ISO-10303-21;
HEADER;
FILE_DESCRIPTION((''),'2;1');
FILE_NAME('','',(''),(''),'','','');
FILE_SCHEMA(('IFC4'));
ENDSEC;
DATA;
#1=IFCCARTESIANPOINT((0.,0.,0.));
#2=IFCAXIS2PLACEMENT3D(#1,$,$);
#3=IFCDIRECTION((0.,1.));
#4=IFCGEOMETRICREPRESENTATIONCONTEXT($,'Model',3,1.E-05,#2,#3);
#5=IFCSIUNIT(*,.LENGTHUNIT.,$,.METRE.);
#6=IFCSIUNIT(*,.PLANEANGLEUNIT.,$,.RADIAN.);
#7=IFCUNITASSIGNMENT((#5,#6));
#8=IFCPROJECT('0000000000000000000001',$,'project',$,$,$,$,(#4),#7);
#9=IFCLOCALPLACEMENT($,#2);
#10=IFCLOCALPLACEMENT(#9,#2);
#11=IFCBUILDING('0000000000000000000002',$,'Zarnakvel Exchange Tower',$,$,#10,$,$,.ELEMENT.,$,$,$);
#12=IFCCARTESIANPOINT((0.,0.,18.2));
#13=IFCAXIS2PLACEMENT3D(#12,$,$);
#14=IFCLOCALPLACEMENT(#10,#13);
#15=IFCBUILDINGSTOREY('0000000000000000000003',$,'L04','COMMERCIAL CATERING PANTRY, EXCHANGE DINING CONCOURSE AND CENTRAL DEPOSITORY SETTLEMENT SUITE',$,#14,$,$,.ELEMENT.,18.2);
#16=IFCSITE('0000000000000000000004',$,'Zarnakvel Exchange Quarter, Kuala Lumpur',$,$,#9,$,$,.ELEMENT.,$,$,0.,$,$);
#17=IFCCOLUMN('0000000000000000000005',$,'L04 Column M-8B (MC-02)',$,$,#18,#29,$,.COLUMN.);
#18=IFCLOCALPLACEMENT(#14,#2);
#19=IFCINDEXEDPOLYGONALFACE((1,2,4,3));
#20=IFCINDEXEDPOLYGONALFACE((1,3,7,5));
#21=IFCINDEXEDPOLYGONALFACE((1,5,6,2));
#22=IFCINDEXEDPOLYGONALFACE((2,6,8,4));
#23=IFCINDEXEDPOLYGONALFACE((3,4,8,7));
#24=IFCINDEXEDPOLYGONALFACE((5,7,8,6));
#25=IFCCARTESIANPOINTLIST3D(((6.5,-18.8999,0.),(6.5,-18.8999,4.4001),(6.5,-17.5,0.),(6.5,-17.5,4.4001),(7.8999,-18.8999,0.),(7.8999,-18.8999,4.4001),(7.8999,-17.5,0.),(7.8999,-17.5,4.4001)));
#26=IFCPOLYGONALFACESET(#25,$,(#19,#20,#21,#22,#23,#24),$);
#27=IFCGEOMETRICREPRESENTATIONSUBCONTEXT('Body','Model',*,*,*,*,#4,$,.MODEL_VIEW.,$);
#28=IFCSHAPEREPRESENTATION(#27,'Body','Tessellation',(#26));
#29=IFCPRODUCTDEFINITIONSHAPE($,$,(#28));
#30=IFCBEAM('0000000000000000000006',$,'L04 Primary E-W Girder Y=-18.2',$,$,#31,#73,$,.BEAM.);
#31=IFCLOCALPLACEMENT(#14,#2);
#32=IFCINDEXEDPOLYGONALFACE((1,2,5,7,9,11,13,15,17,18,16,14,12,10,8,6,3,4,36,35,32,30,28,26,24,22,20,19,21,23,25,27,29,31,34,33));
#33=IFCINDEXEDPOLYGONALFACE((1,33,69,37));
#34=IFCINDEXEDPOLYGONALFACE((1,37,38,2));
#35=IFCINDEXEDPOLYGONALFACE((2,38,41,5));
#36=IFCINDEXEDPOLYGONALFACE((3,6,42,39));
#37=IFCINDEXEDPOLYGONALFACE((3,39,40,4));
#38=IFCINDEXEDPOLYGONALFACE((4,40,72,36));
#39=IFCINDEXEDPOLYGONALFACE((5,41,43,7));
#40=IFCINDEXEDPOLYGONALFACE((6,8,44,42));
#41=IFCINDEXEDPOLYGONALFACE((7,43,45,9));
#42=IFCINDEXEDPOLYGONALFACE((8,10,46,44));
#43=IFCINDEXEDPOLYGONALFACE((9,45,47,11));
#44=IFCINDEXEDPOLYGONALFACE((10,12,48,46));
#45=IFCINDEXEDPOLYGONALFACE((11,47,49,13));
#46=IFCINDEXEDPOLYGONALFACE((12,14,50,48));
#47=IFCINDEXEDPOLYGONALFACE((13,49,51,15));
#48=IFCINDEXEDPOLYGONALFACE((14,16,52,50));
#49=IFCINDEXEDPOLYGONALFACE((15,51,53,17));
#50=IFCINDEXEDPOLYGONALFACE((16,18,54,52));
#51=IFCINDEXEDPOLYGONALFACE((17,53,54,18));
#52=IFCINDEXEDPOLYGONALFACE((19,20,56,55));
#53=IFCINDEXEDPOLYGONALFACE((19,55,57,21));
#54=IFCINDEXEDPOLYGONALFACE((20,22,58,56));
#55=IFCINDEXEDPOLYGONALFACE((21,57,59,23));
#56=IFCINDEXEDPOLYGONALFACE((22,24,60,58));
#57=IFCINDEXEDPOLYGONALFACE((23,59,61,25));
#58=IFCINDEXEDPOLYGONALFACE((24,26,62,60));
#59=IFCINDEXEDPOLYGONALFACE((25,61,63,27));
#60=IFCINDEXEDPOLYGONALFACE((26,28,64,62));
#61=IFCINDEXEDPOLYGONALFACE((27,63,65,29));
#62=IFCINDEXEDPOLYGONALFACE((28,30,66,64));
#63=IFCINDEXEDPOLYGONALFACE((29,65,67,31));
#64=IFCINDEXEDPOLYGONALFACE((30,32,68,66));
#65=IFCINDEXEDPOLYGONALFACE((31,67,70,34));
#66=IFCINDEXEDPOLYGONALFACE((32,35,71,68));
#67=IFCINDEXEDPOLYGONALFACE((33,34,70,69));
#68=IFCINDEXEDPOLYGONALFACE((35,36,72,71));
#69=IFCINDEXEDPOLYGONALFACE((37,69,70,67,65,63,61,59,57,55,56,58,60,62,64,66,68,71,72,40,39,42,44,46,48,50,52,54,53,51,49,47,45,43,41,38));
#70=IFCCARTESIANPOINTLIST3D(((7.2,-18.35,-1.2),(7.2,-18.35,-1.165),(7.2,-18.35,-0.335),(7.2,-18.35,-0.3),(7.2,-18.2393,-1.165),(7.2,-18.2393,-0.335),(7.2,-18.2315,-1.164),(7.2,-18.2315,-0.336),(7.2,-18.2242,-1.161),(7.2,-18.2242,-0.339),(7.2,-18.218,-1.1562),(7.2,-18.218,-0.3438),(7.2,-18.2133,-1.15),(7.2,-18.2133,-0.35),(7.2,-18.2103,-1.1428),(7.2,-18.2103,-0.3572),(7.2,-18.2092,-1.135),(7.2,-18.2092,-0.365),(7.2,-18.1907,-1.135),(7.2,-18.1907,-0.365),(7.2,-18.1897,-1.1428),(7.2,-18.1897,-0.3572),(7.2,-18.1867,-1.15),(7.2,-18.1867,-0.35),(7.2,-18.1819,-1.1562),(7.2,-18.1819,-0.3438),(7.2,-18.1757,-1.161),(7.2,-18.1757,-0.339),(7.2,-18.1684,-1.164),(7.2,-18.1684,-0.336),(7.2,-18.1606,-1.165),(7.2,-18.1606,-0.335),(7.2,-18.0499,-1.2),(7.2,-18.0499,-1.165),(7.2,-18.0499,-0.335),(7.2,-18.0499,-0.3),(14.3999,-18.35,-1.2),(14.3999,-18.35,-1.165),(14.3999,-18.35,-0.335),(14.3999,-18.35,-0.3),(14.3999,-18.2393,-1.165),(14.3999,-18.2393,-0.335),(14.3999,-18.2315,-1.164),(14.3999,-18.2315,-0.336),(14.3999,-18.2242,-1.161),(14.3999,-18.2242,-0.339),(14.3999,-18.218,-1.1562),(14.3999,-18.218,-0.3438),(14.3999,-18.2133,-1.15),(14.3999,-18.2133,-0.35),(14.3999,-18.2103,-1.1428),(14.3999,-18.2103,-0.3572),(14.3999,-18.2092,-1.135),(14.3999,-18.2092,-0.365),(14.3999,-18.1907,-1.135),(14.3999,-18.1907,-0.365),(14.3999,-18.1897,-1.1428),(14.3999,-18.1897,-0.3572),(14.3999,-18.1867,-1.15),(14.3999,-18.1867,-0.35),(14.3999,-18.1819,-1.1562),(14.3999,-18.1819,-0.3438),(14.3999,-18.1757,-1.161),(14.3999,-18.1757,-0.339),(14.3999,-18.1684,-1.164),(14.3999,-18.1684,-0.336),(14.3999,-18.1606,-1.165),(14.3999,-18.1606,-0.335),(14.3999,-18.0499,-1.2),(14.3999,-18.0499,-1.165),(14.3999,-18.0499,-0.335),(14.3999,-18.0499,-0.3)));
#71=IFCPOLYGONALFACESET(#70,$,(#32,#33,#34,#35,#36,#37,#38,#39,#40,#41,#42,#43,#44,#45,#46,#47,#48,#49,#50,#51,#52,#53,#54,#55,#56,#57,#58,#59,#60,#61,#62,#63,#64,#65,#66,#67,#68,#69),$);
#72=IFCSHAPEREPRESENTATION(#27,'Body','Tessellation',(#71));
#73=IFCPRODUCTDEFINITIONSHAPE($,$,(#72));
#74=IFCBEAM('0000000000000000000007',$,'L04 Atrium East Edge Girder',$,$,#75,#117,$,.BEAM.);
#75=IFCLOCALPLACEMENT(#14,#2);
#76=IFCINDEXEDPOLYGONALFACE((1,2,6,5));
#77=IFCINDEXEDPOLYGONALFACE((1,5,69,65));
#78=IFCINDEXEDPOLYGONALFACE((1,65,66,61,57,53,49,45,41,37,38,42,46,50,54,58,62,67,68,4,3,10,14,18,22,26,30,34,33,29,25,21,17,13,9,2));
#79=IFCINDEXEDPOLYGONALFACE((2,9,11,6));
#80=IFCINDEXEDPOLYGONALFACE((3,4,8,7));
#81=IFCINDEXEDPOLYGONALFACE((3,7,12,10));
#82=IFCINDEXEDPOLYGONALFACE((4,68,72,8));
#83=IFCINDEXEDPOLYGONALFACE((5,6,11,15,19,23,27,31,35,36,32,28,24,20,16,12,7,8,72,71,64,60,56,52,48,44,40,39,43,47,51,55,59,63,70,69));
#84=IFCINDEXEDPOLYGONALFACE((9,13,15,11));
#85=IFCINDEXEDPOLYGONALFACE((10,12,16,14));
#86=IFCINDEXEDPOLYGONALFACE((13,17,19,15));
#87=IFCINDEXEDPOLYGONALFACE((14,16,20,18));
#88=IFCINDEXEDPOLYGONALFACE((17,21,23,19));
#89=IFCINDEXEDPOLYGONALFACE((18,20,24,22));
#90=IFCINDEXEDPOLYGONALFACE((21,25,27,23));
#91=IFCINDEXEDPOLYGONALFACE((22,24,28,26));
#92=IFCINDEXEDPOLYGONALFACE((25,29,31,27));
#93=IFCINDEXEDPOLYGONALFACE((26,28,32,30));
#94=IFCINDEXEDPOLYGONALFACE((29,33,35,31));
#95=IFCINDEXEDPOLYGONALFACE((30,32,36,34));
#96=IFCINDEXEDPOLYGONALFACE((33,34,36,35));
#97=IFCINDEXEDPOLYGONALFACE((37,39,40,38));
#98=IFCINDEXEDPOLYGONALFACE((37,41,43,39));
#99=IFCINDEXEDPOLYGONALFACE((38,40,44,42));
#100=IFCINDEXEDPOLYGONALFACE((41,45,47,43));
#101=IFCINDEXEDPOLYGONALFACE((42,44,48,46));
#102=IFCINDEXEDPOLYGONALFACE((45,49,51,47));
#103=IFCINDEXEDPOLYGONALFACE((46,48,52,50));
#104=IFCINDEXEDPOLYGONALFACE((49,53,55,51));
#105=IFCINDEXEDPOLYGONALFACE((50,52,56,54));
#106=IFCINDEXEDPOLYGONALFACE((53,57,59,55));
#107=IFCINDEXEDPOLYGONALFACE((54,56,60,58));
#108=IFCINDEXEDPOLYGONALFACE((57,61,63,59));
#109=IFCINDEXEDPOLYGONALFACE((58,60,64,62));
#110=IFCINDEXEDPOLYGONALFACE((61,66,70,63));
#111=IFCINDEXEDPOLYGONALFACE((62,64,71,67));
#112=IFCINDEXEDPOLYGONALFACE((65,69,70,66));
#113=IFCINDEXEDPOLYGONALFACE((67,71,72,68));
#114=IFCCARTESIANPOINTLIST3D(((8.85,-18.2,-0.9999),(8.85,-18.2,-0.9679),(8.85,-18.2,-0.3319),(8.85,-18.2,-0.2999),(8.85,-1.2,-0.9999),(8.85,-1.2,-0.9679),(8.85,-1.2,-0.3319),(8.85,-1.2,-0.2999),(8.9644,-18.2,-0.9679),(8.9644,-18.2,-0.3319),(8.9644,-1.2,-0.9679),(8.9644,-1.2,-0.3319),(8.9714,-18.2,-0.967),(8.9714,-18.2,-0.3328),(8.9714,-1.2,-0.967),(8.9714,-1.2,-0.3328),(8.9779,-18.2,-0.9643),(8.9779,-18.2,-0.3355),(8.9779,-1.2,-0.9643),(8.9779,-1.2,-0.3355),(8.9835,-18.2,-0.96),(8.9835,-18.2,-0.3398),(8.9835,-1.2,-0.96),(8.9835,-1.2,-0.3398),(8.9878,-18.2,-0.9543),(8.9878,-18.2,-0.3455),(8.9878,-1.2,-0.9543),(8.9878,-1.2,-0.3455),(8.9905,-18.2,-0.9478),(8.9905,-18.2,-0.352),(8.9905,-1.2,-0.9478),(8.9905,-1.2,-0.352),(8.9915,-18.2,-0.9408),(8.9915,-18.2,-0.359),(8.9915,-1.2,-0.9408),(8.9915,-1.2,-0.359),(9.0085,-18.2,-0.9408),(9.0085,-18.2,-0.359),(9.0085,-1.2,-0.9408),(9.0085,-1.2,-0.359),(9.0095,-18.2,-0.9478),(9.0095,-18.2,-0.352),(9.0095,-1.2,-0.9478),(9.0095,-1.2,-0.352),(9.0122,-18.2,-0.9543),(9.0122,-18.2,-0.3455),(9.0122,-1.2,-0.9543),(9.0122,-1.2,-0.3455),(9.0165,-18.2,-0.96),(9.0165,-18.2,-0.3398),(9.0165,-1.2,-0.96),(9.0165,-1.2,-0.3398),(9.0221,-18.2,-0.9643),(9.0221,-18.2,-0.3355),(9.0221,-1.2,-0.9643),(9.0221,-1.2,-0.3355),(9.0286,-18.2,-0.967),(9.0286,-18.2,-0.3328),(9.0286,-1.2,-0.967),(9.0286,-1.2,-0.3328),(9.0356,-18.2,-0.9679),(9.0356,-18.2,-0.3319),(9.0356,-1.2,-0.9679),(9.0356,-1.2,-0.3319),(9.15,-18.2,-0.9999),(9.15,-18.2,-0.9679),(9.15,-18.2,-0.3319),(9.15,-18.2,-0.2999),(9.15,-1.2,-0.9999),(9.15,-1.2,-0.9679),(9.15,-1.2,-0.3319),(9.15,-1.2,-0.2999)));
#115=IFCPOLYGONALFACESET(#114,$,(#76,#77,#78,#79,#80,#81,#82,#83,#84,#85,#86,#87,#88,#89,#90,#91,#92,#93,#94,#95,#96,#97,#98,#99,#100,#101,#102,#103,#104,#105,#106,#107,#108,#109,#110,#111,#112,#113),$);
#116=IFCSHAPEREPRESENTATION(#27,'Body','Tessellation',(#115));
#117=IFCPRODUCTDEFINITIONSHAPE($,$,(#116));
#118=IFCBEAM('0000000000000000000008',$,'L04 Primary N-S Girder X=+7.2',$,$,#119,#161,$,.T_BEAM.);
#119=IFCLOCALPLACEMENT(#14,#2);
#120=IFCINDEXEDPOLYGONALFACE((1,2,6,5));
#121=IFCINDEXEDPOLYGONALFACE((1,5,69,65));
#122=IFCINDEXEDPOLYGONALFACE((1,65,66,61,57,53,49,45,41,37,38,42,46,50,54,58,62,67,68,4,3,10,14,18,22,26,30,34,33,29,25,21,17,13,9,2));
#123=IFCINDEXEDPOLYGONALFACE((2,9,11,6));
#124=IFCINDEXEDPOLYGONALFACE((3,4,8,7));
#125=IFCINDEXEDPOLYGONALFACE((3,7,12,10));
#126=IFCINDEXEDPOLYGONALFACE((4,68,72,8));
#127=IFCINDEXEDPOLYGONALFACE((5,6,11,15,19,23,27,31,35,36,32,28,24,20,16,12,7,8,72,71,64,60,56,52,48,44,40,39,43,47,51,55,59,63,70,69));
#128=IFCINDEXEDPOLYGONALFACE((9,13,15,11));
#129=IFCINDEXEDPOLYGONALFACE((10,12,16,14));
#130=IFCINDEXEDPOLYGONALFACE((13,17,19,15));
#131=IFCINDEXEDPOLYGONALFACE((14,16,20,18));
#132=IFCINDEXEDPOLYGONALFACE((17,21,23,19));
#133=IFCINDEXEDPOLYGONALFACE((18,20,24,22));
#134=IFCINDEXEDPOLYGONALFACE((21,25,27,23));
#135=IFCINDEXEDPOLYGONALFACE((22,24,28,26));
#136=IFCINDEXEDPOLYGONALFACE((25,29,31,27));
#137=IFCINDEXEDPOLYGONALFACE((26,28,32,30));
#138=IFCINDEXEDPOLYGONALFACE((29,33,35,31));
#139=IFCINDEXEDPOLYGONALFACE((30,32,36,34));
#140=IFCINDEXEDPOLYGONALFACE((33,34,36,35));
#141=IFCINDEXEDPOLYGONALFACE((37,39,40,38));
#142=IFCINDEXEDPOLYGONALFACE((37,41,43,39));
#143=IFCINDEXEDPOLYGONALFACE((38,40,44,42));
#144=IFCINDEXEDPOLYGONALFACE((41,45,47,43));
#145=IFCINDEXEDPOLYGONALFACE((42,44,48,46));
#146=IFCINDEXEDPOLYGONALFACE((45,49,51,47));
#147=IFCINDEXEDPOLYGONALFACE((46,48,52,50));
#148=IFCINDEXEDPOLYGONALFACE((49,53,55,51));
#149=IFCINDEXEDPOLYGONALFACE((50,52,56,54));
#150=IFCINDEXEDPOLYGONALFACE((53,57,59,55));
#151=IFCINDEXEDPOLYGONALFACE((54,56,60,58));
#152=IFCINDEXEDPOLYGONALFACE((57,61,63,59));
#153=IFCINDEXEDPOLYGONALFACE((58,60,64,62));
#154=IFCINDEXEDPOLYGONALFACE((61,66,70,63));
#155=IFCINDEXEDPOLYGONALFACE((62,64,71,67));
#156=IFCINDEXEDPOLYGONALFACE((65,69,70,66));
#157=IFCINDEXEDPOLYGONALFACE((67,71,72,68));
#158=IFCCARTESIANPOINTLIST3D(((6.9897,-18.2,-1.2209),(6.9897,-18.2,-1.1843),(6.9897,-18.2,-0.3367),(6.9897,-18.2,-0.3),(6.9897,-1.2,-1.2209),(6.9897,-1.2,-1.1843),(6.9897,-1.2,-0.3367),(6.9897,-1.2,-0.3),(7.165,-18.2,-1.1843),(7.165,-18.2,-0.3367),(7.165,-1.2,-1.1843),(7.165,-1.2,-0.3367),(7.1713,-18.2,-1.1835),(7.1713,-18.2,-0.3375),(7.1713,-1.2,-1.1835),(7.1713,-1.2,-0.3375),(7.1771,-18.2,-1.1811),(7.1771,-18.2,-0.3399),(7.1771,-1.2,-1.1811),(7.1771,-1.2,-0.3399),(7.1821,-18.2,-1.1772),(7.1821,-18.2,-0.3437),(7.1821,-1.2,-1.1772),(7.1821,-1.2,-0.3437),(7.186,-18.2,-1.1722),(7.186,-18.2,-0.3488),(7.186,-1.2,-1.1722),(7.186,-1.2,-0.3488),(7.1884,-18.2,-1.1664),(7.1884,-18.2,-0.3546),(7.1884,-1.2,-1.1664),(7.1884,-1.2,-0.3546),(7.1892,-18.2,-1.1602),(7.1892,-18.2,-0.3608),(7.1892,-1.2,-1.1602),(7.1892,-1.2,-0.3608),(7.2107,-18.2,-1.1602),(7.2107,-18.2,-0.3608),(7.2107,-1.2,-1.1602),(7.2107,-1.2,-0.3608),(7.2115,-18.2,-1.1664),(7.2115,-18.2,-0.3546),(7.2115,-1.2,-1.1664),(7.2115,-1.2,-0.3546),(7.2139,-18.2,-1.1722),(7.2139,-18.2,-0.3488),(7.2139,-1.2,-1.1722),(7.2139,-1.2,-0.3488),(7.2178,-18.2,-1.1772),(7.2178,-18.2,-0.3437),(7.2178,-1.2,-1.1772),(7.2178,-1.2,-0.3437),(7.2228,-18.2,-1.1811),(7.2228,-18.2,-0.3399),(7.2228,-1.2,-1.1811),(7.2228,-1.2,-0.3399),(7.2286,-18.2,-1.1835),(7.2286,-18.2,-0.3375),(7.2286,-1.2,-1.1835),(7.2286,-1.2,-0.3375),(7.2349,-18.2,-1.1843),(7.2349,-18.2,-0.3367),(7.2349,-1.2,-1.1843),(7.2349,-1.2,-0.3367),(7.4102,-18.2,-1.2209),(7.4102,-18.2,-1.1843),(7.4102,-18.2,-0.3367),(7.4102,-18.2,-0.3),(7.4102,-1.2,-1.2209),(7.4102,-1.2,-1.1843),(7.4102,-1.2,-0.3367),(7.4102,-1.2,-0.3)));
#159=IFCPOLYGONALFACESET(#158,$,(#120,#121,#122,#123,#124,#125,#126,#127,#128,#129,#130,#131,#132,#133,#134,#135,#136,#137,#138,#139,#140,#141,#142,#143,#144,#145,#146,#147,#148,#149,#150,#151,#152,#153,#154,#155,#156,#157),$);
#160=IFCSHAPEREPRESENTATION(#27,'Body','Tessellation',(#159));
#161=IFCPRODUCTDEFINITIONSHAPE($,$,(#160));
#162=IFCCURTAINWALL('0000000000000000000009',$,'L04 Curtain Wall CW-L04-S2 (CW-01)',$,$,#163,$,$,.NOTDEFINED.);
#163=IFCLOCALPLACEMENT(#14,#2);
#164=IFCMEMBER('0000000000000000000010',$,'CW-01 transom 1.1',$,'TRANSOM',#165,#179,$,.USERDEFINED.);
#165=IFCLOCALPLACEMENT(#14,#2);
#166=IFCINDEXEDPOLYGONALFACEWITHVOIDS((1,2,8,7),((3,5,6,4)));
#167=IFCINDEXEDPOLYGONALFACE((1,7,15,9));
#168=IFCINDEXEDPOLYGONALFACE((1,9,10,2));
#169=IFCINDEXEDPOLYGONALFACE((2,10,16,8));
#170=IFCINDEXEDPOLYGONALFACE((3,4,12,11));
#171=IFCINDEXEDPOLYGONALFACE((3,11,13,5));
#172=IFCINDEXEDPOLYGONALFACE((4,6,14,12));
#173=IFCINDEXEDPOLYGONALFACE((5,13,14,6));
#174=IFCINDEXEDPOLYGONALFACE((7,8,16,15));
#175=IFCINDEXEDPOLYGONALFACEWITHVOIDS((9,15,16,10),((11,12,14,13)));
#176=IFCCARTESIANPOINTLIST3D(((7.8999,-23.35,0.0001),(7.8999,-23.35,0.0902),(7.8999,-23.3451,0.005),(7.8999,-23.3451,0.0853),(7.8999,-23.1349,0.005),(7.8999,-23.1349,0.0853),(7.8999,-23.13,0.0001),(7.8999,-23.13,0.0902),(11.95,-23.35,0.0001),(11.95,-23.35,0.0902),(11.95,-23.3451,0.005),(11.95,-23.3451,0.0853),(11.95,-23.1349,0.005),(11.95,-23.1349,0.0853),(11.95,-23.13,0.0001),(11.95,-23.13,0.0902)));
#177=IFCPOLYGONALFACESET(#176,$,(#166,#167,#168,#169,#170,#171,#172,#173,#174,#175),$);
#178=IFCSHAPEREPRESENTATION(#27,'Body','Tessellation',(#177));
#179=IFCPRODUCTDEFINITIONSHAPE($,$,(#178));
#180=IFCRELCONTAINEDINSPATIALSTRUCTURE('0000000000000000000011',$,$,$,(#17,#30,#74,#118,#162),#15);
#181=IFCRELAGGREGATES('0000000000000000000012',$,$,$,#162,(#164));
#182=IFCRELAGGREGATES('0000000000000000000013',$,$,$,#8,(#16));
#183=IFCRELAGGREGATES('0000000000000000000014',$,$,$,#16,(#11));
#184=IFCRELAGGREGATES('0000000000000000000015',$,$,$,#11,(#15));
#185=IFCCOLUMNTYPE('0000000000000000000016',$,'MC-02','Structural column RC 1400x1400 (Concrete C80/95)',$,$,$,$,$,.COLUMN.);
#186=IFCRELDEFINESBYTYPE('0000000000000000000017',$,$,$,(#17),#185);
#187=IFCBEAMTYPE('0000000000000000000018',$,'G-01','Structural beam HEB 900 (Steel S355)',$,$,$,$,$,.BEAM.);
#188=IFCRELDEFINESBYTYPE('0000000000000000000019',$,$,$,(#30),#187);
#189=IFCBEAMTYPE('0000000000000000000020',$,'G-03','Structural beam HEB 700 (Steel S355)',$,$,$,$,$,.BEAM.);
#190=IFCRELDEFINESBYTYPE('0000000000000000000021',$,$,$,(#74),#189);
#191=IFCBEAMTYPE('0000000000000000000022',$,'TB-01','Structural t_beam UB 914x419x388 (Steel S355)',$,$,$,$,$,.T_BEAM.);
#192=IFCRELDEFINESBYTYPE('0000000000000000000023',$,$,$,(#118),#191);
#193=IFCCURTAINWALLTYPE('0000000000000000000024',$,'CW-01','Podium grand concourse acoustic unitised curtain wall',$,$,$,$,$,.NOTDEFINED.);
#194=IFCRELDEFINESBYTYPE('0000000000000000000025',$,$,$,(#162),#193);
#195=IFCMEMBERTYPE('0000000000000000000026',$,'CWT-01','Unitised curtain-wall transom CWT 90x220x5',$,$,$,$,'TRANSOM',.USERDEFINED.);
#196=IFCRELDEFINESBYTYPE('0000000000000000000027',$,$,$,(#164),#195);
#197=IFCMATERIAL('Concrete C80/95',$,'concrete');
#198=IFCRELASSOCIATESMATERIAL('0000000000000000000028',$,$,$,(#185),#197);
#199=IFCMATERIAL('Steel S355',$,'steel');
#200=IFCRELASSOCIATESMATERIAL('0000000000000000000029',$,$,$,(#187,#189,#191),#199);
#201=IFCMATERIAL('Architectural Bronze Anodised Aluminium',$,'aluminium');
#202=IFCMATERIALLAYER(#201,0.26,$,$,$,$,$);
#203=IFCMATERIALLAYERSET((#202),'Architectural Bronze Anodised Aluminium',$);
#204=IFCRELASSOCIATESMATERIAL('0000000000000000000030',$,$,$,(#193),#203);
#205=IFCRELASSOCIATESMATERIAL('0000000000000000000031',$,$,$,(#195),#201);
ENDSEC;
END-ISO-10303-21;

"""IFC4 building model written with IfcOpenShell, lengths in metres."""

from ifc_helpers import new_model, si_unit, direction, frame, origin, origin_2d, place, context, subcontext, project, spatial, rectangle, hollow_rectangle, i_section, extrude, source, transform, mapped, material, layer, layer_set, material_profile, profile_set, type_object, element, aggregate, save


model = new_model("IFC4")

# Units and contexts
model_context = context("Model", 3, precision=1e-05, world=origin(), true_north=direction((0.0, 1.0)))
body_context = subcontext(model_context, "Body", "Model", "MODEL_VIEW")
ifc_project = project(units=[si_unit("LENGTHUNIT", "METRE"), si_unit("PLANEANGLEUNIT", "RADIAN")], contexts=[model_context])

# Site, building, storey
site_placement = place(None, origin())
site = spatial("IfcSite", under=ifc_project, at=site_placement, Name="Zarnakvel Exchange Quarter, Kuala Lumpur", CompositionType="ELEMENT", RefElevation=0.0)
building_placement = place(site_placement, origin())
building = spatial("IfcBuilding", under=site, at=building_placement, Name="Zarnakvel Exchange Tower", CompositionType="ELEMENT")
storey_placement = place(building_placement, frame((0.0, 0.0, 18.2)))
storey = spatial("IfcBuildingStorey", under=building, at=storey_placement, Name="L04", Description="COMMERCIAL CATERING PANTRY, EXCHANGE DINING CONCOURSE AND CENTRAL DEPOSITORY SETTLEMENT SUITE", CompositionType="ELEMENT", Elevation=18.2)

# Column
ifc_material_1 = material(Name="Concrete C80/95", Category="concrete")
ifc_material_profile_1 = material_profile(ifc_material_1, rectangle(XDim=1.3999, YDim=1.3999, at=origin_2d()))
ifc_profile_set_1 = profile_set([ifc_material_profile_1], Name="Concrete C80/95")
column_type = type_object("IfcColumnType", Name="MC-02", Description="Structural column RC 1400x1400 (Concrete C80/95)", PredefinedType="COLUMN", material=ifc_profile_set_1)
column_placement = place(storey_placement, frame((7.2, -18.2, 0.0), z_axis=(0.0, 0.0, 1.0), x_axis=(1.0, 0.0, 0.0)))
element("IfcColumn", 1, at=column_placement, inside=storey, type_object=column_type, Name="L04 Column M-8B (MC-02)", PredefinedType="COLUMN", context=body_context, shape_type="SweptSolid", body=[
    extrude(rectangle(XDim=1.3999, YDim=1.3999, at=origin_2d()), origin(), (0.0, 0.0, 1.0), 4.4001),
])

# Beams
ifc_material_2 = material(Name="Steel S355", Category="steel")
ifc_material_profile_2 = material_profile(ifc_material_2, i_section(OverallWidth=0.3, OverallDepth=0.8999, WebThickness=0.0186, FlangeThickness=0.0349, FilletRadius=0.03, at=origin_2d()))
ifc_profile_set_2 = profile_set([ifc_material_profile_2], Name="Steel S355")
beam_type_1 = type_object("IfcBeamType", Name="G-01", Description="Structural beam HEB 900 (Steel S355)", PredefinedType="BEAM", material=ifc_profile_set_2)
beam_1_placement = place(storey_placement, frame((7.2, -18.2, -0.75), z_axis=(1.0, 0.0, 0.0), x_axis=(0.0, 1.0, 0.0)))
element("IfcBeam", 2, at=beam_1_placement, inside=storey, type_object=beam_type_1, Name="L04 Primary E-W Girder Y=-18.2", PredefinedType="BEAM", context=body_context, shape_type="SweptSolid", body=[
    extrude(i_section(OverallWidth=0.3, OverallDepth=0.8999, WebThickness=0.0186, FlangeThickness=0.0349, FilletRadius=0.03, at=origin_2d()), origin(), (0.0, 0.0, 1.0), 7.2),
])
ifc_material_profile_3 = material_profile(ifc_material_2, i_section(OverallWidth=0.3, OverallDepth=0.7, WebThickness=0.0171, FlangeThickness=0.032, FilletRadius=0.0271, at=origin_2d()))
ifc_profile_set_3 = profile_set([ifc_material_profile_3], Name="Steel S355")
beam_type_2 = type_object("IfcBeamType", Name="G-03", Description="Structural beam HEB 700 (Steel S355)", PredefinedType="BEAM", material=ifc_profile_set_3)
beam_2_placement = place(storey_placement, frame((9.0, -18.2, -0.6499), z_axis=(0.0, 1.0, 0.0), x_axis=(-1.0, 0.0, 0.0)))
element("IfcBeam", 3, at=beam_2_placement, inside=storey, type_object=beam_type_2, Name="L04 Atrium East Edge Girder", PredefinedType="BEAM", context=body_context, shape_type="SweptSolid", body=[
    extrude(i_section(OverallWidth=0.3, OverallDepth=0.7, WebThickness=0.0171, FlangeThickness=0.032, FilletRadius=0.0271, at=origin_2d()), origin(), (0.0, 0.0, 1.0), 17.0),
])
ifc_material_profile_4 = material_profile(ifc_material_2, i_section(OverallWidth=0.4204, OverallDepth=0.9209, WebThickness=0.0215, FlangeThickness=0.0366, FilletRadius=0.0242, at=origin_2d()))
ifc_profile_set_4 = profile_set([ifc_material_profile_4], Name="Steel S355")
beam_type_3 = type_object("IfcBeamType", Name="TB-01", Description="Structural t_beam UB 914x419x388 (Steel S355)", PredefinedType="T_BEAM", material=ifc_profile_set_4)
beam_3_placement = place(storey_placement, frame((7.2, -18.2, -0.7605), z_axis=(0.0, 1.0, 0.0), x_axis=(-1.0, 0.0, 0.0)))
element("IfcBeam", 4, at=beam_3_placement, inside=storey, type_object=beam_type_3, Name="L04 Primary N-S Girder X=+7.2", PredefinedType="T_BEAM", context=body_context, shape_type="SweptSolid", body=[
    extrude(i_section(OverallWidth=0.4204, OverallDepth=0.9209, WebThickness=0.0215, FlangeThickness=0.0366, FilletRadius=0.0242, at=origin_2d()), origin(), (0.0, 0.0, 1.0), 17.0),
])

# Curtain wall, member
ifc_material_3 = material(Name="Architectural Bronze Anodised Aluminium", Category="aluminium")
ifc_layer_1 = layer(ifc_material_3, 0.26)
ifc_layer_set_1 = layer_set([ifc_layer_1], Name="Architectural Bronze Anodised Aluminium")
curtain_wall_type = type_object("IfcCurtainWallType", Name="CW-01", Description="Podium grand concourse acoustic unitised curtain wall", PredefinedType="NOTDEFINED", material=ifc_layer_set_1)
curtain_wall_placement = place(storey_placement, origin())
curtain_wall = element("IfcCurtainWall", 5, at=curtain_wall_placement, inside=storey, type_object=curtain_wall_type, Name="L04 Curtain Wall CW-L04-S2 (CW-01)", PredefinedType="NOTDEFINED")
ifc_material_profile_5 = material_profile(ifc_material_3, hollow_rectangle(XDim=0.22, YDim=0.0901, WallThickness=0.0049, at=origin_2d()))
ifc_profile_set_5 = profile_set([ifc_material_profile_5], Name="Architectural Bronze Anodised Aluminium")
member_type_1 = type_object("IfcMemberType", Name="CWT-01", Description="Unitised curtain-wall transom CWT 90x220x5", ElementType="TRANSOM", PredefinedType="USERDEFINED", material=ifc_profile_set_5)
shared_shape_1 = source(origin(), body_context, "Body", "SweptSolid", [
    extrude(hollow_rectangle(XDim=0.22, YDim=0.0901, WallThickness=0.0049, at=origin_2d()), origin(), (0.0, 0.0, 1.0), 4.05),
])
member_1_placement = place(storey_placement, frame((7.8999, -23.24, 0.0452), z_axis=(1.0, 0.0, 0.0), x_axis=(0.0, 1.0, 0.0)))
member_1 = element("IfcMember", 6, at=member_1_placement, type_object=member_type_1, Name="CW-01 transom 1.1", ObjectType="TRANSOM", PredefinedType="USERDEFINED", context=body_context, shape_type="MappedRepresentation", body=[
    mapped(shared_shape_1, transform((0.0, 0.0, 0.0), x_axis=(1.0, 0.0, 0.0), y_axis=(0.0, 1.0, 0.0), z_axis=(0.0, 0.0, 1.0), scale=1.0)),
])
aggregate(curtain_wall, [member_1])

save(model, "model.ifc")
